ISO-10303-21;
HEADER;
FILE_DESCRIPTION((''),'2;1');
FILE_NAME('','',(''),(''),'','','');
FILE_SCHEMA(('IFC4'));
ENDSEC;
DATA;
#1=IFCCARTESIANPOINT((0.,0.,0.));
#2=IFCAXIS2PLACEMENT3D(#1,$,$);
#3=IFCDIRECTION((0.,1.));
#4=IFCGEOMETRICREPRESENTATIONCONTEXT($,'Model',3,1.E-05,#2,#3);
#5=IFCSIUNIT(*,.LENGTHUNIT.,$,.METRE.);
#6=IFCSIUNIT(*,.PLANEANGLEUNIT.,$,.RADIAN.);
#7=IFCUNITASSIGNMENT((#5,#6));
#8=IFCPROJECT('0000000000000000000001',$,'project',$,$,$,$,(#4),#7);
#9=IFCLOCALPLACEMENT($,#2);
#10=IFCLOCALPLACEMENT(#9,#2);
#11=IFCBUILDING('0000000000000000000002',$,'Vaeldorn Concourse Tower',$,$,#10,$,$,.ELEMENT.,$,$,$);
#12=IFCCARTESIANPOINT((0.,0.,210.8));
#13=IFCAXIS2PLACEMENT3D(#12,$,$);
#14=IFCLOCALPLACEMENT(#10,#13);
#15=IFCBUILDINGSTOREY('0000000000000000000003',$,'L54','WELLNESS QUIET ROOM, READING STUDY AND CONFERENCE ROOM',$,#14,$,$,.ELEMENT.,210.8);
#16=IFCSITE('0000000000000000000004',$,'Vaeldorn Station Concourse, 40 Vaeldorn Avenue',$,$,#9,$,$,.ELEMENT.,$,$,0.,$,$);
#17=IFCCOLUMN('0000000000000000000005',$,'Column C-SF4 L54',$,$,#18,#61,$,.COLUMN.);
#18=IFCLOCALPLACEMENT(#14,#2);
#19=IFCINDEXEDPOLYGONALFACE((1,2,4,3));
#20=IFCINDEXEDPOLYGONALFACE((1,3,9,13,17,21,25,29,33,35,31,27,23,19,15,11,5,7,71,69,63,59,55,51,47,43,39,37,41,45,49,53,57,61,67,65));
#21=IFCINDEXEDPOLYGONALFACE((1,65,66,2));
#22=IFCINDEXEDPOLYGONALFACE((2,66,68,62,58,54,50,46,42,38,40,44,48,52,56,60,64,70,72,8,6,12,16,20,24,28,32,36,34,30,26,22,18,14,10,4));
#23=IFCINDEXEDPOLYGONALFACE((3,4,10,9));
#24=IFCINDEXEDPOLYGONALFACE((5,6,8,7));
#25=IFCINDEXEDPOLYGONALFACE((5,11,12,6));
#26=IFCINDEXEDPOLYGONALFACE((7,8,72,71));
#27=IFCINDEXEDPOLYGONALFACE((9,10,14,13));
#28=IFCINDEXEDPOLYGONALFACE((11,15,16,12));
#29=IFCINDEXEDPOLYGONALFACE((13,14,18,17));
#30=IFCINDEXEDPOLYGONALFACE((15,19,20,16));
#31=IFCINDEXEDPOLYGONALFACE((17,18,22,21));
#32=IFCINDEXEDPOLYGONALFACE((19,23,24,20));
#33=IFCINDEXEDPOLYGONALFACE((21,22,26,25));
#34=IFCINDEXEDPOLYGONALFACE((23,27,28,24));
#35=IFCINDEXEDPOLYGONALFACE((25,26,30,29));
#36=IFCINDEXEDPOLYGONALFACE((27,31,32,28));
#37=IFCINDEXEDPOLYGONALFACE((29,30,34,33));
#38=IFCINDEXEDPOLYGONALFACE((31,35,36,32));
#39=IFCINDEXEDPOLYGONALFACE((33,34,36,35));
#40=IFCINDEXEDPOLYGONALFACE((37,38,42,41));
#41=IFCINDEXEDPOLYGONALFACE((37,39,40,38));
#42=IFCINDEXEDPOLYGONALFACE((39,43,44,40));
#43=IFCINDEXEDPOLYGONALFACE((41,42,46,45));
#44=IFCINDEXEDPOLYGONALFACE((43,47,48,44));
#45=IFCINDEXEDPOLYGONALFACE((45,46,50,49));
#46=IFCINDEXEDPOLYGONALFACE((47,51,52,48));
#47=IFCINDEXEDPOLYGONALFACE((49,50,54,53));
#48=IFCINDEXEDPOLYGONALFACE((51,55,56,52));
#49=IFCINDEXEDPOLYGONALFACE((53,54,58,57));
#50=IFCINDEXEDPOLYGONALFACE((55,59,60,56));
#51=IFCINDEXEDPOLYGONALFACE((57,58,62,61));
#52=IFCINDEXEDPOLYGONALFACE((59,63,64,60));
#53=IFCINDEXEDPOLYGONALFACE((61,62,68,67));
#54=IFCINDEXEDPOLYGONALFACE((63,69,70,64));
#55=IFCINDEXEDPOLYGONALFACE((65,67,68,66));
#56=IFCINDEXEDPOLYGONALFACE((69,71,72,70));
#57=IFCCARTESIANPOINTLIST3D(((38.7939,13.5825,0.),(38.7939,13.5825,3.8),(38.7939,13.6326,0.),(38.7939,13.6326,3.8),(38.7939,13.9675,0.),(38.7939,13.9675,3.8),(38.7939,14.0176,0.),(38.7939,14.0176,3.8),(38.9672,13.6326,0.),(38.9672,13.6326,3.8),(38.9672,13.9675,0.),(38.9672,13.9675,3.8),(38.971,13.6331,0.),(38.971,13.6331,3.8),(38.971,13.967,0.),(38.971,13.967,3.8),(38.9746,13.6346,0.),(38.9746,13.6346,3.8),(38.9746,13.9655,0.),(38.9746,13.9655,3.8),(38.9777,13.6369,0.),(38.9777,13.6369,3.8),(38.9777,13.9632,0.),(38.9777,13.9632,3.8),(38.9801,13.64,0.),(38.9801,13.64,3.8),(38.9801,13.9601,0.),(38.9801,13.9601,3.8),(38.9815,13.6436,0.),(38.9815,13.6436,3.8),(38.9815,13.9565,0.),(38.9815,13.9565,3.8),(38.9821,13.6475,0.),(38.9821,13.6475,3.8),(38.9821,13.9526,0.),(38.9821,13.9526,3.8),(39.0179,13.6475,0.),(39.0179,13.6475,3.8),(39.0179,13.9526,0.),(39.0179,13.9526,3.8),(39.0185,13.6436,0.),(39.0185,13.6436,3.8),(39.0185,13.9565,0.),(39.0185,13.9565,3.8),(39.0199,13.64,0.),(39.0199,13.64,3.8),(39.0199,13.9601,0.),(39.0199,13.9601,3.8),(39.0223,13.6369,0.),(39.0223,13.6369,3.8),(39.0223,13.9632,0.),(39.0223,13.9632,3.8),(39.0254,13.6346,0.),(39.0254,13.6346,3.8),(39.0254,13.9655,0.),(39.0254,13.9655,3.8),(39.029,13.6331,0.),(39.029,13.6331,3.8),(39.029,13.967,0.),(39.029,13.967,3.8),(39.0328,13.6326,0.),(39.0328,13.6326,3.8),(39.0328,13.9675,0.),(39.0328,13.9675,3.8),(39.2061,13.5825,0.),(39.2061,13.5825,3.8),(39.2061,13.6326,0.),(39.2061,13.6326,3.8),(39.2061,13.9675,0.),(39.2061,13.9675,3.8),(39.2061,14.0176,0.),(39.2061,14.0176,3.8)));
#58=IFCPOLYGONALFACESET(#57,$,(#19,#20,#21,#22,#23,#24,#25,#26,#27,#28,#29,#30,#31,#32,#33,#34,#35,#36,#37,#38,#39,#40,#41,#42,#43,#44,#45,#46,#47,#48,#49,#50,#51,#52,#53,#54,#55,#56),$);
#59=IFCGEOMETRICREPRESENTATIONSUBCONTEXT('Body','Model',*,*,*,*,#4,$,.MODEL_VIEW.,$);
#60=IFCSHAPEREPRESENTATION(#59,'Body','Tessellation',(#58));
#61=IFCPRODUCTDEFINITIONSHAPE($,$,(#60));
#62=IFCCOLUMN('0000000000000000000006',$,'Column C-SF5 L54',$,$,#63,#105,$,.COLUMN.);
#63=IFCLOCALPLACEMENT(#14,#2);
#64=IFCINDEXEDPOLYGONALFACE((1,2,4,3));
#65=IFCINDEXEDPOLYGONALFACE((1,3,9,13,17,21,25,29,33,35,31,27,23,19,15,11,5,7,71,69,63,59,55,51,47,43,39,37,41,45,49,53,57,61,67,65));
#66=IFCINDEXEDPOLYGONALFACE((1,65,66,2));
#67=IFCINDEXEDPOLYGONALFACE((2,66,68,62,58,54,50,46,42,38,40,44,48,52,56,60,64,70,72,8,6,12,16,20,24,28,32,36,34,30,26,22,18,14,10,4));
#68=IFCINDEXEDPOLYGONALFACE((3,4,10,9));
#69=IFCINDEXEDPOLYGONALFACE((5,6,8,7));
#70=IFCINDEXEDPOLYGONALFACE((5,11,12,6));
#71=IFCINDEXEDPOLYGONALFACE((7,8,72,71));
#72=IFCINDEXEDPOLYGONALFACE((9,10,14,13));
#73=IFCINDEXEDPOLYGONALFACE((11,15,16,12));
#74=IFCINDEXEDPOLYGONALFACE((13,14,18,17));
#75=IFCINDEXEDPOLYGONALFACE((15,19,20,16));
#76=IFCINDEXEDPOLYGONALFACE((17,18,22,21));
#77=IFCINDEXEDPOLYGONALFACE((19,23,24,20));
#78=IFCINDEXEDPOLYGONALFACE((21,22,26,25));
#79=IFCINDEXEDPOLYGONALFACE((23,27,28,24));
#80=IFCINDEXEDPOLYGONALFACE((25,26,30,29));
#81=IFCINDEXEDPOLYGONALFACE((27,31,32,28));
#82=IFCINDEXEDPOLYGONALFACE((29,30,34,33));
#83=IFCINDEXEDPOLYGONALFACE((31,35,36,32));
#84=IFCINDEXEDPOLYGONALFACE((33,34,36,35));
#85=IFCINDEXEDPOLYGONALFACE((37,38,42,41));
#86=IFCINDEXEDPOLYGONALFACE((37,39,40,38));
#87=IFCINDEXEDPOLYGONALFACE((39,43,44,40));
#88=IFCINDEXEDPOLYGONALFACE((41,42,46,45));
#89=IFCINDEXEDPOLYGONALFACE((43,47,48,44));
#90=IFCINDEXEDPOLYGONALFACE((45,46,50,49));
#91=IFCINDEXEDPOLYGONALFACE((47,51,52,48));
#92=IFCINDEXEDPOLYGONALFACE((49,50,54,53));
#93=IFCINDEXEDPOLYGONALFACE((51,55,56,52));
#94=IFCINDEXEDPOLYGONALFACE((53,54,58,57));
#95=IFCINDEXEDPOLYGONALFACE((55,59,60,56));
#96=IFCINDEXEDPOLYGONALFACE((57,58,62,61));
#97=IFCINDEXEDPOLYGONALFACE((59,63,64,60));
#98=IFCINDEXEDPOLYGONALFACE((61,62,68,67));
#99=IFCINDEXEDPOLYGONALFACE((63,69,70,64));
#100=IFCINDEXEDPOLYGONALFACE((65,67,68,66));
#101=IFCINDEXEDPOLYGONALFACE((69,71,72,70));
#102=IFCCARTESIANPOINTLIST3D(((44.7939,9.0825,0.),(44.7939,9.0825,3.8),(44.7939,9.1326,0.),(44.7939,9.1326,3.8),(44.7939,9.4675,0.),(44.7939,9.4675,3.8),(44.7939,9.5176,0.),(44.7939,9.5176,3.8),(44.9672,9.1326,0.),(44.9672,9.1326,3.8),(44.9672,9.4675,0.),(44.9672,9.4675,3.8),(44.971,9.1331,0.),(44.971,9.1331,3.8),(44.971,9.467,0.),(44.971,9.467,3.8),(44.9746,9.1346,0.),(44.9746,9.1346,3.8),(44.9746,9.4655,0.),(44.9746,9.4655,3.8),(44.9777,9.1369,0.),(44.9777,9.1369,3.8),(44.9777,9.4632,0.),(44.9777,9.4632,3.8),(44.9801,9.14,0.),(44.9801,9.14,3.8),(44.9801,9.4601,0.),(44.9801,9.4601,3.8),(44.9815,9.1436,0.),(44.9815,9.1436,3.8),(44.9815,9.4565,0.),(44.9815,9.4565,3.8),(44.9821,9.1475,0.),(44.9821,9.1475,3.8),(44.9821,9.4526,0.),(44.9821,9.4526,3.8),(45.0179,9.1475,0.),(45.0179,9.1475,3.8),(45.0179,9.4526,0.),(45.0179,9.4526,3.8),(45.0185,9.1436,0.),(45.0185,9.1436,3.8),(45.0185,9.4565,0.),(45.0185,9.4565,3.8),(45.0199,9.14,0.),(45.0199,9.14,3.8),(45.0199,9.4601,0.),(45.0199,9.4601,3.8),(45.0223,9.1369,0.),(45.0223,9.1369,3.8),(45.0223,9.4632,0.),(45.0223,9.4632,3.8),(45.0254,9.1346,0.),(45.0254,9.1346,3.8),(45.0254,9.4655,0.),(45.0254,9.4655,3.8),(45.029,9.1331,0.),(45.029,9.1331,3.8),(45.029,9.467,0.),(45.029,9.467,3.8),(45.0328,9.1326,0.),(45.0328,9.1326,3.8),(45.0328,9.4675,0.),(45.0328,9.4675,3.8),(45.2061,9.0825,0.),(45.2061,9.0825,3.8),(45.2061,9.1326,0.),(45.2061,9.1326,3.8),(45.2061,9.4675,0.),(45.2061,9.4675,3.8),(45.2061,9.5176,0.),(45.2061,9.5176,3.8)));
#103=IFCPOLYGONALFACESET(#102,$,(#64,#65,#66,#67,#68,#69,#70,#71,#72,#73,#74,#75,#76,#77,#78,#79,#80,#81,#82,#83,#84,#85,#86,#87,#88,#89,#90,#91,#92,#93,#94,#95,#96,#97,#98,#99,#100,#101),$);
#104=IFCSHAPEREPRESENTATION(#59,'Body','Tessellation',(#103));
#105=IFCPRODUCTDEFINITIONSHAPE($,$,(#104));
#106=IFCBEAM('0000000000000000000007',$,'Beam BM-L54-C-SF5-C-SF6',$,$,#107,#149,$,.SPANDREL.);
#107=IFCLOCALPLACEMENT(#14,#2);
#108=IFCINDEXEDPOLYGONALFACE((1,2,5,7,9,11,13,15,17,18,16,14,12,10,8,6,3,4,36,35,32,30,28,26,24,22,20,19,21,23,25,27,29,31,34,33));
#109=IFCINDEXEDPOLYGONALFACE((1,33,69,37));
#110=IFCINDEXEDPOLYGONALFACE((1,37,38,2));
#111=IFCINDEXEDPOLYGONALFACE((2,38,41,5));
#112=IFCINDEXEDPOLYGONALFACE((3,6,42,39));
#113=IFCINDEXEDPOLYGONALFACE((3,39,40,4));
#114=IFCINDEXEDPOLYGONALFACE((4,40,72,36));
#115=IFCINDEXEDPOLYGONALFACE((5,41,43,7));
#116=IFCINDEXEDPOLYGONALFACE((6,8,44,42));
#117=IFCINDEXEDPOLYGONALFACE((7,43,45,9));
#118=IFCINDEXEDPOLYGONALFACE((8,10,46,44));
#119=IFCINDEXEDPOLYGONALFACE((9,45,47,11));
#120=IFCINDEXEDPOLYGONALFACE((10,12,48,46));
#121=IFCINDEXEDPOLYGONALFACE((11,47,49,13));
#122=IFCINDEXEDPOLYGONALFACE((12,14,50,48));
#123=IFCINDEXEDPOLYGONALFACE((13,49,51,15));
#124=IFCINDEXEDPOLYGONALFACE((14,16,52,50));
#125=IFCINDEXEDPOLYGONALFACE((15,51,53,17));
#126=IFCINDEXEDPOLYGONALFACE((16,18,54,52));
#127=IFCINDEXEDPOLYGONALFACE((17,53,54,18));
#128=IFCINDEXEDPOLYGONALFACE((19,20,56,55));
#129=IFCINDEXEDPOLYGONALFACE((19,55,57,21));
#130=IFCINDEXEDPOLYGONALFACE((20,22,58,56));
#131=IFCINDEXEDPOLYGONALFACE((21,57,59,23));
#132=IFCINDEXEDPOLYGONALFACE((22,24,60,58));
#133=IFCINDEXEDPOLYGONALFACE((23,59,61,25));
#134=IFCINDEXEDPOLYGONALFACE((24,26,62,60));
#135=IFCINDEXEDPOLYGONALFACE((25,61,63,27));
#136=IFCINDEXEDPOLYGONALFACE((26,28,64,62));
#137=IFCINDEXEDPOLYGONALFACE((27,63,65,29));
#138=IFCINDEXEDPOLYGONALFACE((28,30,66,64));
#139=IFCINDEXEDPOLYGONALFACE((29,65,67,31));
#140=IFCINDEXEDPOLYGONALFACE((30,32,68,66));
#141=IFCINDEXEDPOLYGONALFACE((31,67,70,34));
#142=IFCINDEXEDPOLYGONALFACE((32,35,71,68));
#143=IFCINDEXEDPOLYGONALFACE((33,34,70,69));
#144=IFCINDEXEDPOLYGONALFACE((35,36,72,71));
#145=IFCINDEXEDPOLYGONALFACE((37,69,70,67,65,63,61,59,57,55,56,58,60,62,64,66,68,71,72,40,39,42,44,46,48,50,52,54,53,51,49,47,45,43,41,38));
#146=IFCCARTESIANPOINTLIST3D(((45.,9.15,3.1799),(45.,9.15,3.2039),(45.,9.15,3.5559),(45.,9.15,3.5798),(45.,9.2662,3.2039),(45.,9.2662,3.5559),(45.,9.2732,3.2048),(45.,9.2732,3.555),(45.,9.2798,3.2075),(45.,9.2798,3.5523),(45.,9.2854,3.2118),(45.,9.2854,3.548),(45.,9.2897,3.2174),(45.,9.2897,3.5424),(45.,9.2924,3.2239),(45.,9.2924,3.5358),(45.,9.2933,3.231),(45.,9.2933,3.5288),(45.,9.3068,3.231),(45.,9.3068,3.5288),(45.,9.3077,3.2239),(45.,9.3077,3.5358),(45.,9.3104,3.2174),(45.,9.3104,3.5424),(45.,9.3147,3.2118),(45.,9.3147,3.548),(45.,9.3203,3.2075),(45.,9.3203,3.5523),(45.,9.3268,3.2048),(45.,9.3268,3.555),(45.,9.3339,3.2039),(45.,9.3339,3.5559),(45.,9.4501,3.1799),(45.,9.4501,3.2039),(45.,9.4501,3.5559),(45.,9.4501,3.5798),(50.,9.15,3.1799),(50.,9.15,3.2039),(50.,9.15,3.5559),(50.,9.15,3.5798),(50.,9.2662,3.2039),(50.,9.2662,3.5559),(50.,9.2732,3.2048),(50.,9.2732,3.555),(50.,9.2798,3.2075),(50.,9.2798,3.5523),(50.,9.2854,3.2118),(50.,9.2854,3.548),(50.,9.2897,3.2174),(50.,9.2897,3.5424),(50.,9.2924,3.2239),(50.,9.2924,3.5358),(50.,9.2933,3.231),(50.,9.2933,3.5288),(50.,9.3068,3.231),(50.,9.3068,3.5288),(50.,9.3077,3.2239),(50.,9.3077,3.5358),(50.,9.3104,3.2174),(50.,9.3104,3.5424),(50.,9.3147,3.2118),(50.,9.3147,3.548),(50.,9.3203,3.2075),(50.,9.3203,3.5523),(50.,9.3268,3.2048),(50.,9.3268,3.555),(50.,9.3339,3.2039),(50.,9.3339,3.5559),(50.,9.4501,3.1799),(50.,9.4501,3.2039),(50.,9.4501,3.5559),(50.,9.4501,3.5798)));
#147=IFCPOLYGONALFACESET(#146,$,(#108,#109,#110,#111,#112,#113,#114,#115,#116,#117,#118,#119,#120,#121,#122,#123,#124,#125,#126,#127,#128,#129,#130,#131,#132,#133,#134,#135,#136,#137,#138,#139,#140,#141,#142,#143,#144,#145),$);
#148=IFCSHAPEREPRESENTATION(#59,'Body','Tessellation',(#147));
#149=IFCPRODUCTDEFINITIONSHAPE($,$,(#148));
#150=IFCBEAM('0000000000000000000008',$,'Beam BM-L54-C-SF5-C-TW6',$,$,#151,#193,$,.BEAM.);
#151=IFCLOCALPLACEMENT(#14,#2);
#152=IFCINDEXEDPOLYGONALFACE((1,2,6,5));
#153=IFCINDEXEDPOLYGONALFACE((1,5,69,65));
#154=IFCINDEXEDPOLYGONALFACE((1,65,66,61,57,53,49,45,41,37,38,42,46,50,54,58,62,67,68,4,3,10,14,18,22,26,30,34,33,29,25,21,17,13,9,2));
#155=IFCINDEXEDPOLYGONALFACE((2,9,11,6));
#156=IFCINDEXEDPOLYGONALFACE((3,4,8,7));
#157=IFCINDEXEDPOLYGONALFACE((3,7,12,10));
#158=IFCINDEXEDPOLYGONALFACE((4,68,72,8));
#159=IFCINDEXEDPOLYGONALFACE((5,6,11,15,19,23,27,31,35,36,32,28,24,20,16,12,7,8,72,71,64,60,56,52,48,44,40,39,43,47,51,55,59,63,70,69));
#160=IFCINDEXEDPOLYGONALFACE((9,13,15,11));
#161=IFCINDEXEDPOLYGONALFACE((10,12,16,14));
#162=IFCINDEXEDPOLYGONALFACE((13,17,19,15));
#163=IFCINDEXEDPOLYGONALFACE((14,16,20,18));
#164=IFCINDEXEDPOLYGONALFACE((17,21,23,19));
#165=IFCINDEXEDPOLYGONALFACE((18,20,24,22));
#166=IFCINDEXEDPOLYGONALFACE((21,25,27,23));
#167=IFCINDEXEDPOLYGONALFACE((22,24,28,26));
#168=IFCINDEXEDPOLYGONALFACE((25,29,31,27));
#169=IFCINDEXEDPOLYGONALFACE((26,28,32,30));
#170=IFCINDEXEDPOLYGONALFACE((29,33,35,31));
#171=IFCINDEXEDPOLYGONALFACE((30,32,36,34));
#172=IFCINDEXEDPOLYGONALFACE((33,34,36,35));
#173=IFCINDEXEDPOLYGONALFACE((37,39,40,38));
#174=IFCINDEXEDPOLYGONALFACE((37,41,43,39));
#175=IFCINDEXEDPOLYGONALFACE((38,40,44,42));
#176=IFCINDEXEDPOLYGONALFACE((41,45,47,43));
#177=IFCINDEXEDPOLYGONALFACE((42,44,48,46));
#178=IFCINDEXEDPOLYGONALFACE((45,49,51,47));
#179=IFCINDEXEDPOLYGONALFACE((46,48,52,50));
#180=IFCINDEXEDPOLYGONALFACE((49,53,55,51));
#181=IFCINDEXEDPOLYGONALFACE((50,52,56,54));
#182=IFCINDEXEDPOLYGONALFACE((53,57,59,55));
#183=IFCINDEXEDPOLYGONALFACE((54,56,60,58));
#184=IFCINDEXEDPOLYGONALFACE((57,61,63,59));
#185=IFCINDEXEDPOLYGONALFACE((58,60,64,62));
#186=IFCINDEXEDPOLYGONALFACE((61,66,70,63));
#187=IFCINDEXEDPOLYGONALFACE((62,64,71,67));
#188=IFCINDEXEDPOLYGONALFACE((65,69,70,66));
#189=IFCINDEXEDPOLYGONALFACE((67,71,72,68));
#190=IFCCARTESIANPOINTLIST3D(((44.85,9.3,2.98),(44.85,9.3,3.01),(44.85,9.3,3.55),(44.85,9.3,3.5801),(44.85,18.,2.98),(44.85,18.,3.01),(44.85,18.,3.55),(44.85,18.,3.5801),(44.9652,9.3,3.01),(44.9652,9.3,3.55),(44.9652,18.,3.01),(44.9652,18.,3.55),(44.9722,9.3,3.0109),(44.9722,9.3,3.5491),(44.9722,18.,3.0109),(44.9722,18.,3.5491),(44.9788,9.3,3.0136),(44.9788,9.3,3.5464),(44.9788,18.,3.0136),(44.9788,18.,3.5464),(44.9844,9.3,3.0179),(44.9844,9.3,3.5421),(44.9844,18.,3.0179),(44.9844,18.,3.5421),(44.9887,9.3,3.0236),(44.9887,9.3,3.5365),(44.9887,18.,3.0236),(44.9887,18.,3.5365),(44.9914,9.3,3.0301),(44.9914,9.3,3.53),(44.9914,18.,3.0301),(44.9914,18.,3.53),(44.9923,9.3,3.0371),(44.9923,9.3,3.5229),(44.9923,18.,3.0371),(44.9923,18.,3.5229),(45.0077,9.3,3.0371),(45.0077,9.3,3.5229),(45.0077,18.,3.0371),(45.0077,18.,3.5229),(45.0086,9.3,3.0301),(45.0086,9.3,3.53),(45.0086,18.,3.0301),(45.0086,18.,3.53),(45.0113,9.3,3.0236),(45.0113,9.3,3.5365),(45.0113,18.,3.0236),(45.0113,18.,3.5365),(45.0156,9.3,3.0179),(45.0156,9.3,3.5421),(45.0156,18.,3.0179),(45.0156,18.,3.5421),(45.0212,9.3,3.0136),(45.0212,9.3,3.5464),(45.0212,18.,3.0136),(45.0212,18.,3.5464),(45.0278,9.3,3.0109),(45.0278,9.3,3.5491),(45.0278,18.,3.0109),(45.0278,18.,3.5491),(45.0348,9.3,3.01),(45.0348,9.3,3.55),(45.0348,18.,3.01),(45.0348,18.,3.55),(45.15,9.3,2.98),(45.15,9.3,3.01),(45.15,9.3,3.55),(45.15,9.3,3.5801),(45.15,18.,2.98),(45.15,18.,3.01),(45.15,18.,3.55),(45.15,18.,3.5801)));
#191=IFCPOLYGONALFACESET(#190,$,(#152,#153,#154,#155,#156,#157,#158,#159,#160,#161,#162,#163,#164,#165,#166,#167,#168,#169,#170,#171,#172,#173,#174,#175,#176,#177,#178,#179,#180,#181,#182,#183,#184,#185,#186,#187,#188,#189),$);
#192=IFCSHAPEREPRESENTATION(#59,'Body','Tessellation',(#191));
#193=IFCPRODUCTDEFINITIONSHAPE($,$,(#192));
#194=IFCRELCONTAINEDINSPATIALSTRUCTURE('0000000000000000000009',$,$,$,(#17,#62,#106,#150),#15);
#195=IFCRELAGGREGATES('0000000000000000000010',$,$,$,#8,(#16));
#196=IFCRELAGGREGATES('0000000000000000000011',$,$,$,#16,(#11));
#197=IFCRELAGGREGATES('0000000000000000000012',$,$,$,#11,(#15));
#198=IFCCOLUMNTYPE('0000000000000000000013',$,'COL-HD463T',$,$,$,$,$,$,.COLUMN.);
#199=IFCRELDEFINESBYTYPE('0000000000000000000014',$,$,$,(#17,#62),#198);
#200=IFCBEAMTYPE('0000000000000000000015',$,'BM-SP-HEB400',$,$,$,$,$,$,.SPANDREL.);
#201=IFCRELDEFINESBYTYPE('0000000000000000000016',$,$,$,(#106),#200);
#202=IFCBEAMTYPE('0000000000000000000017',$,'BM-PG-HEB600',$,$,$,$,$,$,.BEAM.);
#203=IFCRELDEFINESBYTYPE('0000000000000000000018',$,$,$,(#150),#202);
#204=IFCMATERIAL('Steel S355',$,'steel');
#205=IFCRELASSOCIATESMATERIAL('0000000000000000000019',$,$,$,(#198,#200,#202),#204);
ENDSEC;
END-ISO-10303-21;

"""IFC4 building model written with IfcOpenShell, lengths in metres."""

from ifc_helpers import new_model, si_unit, direction, frame, origin, origin_2d, place, context, subcontext, project, spatial, i_section, extrude, source, transform, mapped, material, material_profile, profile_set, type_object, element, save


model = new_model("IFC4")

# Units and contexts
model_context = context("Model", 3, precision=1e-05, world=origin(), true_north=direction((0.0, 1.0)))
body_context = subcontext(model_context, "Body", "Model", "MODEL_VIEW")
ifc_project = project(units=[si_unit("LENGTHUNIT", "METRE"), si_unit("PLANEANGLEUNIT", "RADIAN")], contexts=[model_context])

# Site, building, storey
site_placement = place(None, origin())
site = spatial("IfcSite", under=ifc_project, at=site_placement, Name="Vaeldorn Station Concourse, 40 Vaeldorn Avenue", CompositionType="ELEMENT", RefElevation=0.0)
building_placement = place(site_placement, origin())
building = spatial("IfcBuilding", under=site, at=building_placement, Name="Vaeldorn Concourse Tower", CompositionType="ELEMENT")
storey_placement = place(building_placement, frame((0.0, 0.0, 210.8)))
storey = spatial("IfcBuildingStorey", under=building, at=storey_placement, Name="L54", Description="WELLNESS QUIET ROOM, READING STUDY AND CONFERENCE ROOM", CompositionType="ELEMENT", Elevation=210.8)

# Columns
ifc_material_1 = material(Name="Steel S355", Category="steel")
ifc_material_profile_1 = material_profile(ifc_material_1, i_section(OverallWidth=0.4121, OverallDepth=0.4351, WebThickness=0.0359, FlangeThickness=0.05, FilletRadius=0.0149, at=origin_2d()), Name="HD 400x463")
ifc_profile_set_1 = profile_set([ifc_material_profile_1], Name="Steel S355")
column_type = type_object("IfcColumnType", Name="COL-HD463T", PredefinedType="COLUMN", material=ifc_profile_set_1)
shared_shape_1 = source(origin(), body_context, "Body", "SweptSolid", [
    extrude(i_section(OverallWidth=0.4121, OverallDepth=0.4351, WebThickness=0.0359, FlangeThickness=0.05, FilletRadius=0.0149, at=origin_2d()), origin(), (0.0, 0.0, 1.0), 3.8),
])
for number, where, z_axis, x_axis, name in (
    (1, (39.0, 13.8, 0.0), (0.0, 0.0, 1.0), (1.0, 0.0, 0.0), "Column C-SF4 L54"),
    (2, (45.0, 9.3, 0.0), (0.0, 0.0, 1.0), (1.0, 0.0, 0.0), "Column C-SF5 L54"),
):
    element("IfcColumn", number, at=place(storey_placement, frame(where, z_axis=z_axis, x_axis=x_axis)), inside=storey, type_object=column_type, Name=name, PredefinedType="COLUMN", context=body_context, shape_type="MappedRepresentation", body=[
        mapped(shared_shape_1, transform((0.0, 0.0, 0.0), scale=1.0)),
    ])

# Beams
ifc_material_profile_2 = material_profile(ifc_material_1, i_section(OverallWidth=0.3, OverallDepth=0.3999, WebThickness=0.0134, FlangeThickness=0.0239, FilletRadius=0.0271, at=origin_2d()), Name="HEB 400")
ifc_profile_set_2 = profile_set([ifc_material_profile_2], Name="Steel S355")
beam_type_1 = type_object("IfcBeamType", Name="BM-SP-HEB400", PredefinedType="SPANDREL", material=ifc_profile_set_2)
shared_shape_2 = source(origin(), body_context, "Body", "SweptSolid", [
    extrude(i_section(OverallWidth=0.3, OverallDepth=0.3999, WebThickness=0.0134, FlangeThickness=0.0239, FilletRadius=0.0271, at=origin_2d()), origin(), (0.0, 0.0, 1.0), 5.0),
])
beam_1_placement = place(storey_placement, frame((45.0, 9.3, 3.3799), z_axis=(1.0, 0.0, 0.0), x_axis=(0.0, 1.0, 0.0)))
element("IfcBeam", 3, at=beam_1_placement, inside=storey, type_object=beam_type_1, Name="Beam BM-L54-C-SF5-C-SF6", PredefinedType="SPANDREL", context=body_context, shape_type="MappedRepresentation", body=[
    mapped(shared_shape_2, transform((0.0, 0.0, 0.0), scale=1.0)),
])
ifc_material_profile_3 = material_profile(ifc_material_1, i_section(OverallWidth=0.3, OverallDepth=0.6001, WebThickness=0.0154, FlangeThickness=0.03, FilletRadius=0.0271, at=origin_2d()), Name="HEB 600")
ifc_profile_set_3 = profile_set([ifc_material_profile_3], Name="Steel S355")
beam_type_2 = type_object("IfcBeamType", Name="BM-PG-HEB600", PredefinedType="BEAM", material=ifc_profile_set_3)
shared_shape_3 = source(origin(), body_context, "Body", "SweptSolid", [
    extrude(i_section(OverallWidth=0.3, OverallDepth=0.6001, WebThickness=0.0154, FlangeThickness=0.03, FilletRadius=0.0271, at=origin_2d()), origin(), (0.0, 0.0, 1.0), 8.7),
])
beam_2_placement = place(storey_placement, frame((45.0, 9.3, 3.28), z_axis=(0.0, 1.0, 0.0), x_axis=(-1.0, 0.0, 0.0)))
element("IfcBeam", 4, at=beam_2_placement, inside=storey, type_object=beam_type_2, Name="Beam BM-L54-C-SF5-C-TW6", PredefinedType="BEAM", context=body_context, shape_type="MappedRepresentation", body=[
    mapped(shared_shape_3, transform((0.0, 0.0, 0.0), scale=1.0)),
])

save(model, "model.ifc")
